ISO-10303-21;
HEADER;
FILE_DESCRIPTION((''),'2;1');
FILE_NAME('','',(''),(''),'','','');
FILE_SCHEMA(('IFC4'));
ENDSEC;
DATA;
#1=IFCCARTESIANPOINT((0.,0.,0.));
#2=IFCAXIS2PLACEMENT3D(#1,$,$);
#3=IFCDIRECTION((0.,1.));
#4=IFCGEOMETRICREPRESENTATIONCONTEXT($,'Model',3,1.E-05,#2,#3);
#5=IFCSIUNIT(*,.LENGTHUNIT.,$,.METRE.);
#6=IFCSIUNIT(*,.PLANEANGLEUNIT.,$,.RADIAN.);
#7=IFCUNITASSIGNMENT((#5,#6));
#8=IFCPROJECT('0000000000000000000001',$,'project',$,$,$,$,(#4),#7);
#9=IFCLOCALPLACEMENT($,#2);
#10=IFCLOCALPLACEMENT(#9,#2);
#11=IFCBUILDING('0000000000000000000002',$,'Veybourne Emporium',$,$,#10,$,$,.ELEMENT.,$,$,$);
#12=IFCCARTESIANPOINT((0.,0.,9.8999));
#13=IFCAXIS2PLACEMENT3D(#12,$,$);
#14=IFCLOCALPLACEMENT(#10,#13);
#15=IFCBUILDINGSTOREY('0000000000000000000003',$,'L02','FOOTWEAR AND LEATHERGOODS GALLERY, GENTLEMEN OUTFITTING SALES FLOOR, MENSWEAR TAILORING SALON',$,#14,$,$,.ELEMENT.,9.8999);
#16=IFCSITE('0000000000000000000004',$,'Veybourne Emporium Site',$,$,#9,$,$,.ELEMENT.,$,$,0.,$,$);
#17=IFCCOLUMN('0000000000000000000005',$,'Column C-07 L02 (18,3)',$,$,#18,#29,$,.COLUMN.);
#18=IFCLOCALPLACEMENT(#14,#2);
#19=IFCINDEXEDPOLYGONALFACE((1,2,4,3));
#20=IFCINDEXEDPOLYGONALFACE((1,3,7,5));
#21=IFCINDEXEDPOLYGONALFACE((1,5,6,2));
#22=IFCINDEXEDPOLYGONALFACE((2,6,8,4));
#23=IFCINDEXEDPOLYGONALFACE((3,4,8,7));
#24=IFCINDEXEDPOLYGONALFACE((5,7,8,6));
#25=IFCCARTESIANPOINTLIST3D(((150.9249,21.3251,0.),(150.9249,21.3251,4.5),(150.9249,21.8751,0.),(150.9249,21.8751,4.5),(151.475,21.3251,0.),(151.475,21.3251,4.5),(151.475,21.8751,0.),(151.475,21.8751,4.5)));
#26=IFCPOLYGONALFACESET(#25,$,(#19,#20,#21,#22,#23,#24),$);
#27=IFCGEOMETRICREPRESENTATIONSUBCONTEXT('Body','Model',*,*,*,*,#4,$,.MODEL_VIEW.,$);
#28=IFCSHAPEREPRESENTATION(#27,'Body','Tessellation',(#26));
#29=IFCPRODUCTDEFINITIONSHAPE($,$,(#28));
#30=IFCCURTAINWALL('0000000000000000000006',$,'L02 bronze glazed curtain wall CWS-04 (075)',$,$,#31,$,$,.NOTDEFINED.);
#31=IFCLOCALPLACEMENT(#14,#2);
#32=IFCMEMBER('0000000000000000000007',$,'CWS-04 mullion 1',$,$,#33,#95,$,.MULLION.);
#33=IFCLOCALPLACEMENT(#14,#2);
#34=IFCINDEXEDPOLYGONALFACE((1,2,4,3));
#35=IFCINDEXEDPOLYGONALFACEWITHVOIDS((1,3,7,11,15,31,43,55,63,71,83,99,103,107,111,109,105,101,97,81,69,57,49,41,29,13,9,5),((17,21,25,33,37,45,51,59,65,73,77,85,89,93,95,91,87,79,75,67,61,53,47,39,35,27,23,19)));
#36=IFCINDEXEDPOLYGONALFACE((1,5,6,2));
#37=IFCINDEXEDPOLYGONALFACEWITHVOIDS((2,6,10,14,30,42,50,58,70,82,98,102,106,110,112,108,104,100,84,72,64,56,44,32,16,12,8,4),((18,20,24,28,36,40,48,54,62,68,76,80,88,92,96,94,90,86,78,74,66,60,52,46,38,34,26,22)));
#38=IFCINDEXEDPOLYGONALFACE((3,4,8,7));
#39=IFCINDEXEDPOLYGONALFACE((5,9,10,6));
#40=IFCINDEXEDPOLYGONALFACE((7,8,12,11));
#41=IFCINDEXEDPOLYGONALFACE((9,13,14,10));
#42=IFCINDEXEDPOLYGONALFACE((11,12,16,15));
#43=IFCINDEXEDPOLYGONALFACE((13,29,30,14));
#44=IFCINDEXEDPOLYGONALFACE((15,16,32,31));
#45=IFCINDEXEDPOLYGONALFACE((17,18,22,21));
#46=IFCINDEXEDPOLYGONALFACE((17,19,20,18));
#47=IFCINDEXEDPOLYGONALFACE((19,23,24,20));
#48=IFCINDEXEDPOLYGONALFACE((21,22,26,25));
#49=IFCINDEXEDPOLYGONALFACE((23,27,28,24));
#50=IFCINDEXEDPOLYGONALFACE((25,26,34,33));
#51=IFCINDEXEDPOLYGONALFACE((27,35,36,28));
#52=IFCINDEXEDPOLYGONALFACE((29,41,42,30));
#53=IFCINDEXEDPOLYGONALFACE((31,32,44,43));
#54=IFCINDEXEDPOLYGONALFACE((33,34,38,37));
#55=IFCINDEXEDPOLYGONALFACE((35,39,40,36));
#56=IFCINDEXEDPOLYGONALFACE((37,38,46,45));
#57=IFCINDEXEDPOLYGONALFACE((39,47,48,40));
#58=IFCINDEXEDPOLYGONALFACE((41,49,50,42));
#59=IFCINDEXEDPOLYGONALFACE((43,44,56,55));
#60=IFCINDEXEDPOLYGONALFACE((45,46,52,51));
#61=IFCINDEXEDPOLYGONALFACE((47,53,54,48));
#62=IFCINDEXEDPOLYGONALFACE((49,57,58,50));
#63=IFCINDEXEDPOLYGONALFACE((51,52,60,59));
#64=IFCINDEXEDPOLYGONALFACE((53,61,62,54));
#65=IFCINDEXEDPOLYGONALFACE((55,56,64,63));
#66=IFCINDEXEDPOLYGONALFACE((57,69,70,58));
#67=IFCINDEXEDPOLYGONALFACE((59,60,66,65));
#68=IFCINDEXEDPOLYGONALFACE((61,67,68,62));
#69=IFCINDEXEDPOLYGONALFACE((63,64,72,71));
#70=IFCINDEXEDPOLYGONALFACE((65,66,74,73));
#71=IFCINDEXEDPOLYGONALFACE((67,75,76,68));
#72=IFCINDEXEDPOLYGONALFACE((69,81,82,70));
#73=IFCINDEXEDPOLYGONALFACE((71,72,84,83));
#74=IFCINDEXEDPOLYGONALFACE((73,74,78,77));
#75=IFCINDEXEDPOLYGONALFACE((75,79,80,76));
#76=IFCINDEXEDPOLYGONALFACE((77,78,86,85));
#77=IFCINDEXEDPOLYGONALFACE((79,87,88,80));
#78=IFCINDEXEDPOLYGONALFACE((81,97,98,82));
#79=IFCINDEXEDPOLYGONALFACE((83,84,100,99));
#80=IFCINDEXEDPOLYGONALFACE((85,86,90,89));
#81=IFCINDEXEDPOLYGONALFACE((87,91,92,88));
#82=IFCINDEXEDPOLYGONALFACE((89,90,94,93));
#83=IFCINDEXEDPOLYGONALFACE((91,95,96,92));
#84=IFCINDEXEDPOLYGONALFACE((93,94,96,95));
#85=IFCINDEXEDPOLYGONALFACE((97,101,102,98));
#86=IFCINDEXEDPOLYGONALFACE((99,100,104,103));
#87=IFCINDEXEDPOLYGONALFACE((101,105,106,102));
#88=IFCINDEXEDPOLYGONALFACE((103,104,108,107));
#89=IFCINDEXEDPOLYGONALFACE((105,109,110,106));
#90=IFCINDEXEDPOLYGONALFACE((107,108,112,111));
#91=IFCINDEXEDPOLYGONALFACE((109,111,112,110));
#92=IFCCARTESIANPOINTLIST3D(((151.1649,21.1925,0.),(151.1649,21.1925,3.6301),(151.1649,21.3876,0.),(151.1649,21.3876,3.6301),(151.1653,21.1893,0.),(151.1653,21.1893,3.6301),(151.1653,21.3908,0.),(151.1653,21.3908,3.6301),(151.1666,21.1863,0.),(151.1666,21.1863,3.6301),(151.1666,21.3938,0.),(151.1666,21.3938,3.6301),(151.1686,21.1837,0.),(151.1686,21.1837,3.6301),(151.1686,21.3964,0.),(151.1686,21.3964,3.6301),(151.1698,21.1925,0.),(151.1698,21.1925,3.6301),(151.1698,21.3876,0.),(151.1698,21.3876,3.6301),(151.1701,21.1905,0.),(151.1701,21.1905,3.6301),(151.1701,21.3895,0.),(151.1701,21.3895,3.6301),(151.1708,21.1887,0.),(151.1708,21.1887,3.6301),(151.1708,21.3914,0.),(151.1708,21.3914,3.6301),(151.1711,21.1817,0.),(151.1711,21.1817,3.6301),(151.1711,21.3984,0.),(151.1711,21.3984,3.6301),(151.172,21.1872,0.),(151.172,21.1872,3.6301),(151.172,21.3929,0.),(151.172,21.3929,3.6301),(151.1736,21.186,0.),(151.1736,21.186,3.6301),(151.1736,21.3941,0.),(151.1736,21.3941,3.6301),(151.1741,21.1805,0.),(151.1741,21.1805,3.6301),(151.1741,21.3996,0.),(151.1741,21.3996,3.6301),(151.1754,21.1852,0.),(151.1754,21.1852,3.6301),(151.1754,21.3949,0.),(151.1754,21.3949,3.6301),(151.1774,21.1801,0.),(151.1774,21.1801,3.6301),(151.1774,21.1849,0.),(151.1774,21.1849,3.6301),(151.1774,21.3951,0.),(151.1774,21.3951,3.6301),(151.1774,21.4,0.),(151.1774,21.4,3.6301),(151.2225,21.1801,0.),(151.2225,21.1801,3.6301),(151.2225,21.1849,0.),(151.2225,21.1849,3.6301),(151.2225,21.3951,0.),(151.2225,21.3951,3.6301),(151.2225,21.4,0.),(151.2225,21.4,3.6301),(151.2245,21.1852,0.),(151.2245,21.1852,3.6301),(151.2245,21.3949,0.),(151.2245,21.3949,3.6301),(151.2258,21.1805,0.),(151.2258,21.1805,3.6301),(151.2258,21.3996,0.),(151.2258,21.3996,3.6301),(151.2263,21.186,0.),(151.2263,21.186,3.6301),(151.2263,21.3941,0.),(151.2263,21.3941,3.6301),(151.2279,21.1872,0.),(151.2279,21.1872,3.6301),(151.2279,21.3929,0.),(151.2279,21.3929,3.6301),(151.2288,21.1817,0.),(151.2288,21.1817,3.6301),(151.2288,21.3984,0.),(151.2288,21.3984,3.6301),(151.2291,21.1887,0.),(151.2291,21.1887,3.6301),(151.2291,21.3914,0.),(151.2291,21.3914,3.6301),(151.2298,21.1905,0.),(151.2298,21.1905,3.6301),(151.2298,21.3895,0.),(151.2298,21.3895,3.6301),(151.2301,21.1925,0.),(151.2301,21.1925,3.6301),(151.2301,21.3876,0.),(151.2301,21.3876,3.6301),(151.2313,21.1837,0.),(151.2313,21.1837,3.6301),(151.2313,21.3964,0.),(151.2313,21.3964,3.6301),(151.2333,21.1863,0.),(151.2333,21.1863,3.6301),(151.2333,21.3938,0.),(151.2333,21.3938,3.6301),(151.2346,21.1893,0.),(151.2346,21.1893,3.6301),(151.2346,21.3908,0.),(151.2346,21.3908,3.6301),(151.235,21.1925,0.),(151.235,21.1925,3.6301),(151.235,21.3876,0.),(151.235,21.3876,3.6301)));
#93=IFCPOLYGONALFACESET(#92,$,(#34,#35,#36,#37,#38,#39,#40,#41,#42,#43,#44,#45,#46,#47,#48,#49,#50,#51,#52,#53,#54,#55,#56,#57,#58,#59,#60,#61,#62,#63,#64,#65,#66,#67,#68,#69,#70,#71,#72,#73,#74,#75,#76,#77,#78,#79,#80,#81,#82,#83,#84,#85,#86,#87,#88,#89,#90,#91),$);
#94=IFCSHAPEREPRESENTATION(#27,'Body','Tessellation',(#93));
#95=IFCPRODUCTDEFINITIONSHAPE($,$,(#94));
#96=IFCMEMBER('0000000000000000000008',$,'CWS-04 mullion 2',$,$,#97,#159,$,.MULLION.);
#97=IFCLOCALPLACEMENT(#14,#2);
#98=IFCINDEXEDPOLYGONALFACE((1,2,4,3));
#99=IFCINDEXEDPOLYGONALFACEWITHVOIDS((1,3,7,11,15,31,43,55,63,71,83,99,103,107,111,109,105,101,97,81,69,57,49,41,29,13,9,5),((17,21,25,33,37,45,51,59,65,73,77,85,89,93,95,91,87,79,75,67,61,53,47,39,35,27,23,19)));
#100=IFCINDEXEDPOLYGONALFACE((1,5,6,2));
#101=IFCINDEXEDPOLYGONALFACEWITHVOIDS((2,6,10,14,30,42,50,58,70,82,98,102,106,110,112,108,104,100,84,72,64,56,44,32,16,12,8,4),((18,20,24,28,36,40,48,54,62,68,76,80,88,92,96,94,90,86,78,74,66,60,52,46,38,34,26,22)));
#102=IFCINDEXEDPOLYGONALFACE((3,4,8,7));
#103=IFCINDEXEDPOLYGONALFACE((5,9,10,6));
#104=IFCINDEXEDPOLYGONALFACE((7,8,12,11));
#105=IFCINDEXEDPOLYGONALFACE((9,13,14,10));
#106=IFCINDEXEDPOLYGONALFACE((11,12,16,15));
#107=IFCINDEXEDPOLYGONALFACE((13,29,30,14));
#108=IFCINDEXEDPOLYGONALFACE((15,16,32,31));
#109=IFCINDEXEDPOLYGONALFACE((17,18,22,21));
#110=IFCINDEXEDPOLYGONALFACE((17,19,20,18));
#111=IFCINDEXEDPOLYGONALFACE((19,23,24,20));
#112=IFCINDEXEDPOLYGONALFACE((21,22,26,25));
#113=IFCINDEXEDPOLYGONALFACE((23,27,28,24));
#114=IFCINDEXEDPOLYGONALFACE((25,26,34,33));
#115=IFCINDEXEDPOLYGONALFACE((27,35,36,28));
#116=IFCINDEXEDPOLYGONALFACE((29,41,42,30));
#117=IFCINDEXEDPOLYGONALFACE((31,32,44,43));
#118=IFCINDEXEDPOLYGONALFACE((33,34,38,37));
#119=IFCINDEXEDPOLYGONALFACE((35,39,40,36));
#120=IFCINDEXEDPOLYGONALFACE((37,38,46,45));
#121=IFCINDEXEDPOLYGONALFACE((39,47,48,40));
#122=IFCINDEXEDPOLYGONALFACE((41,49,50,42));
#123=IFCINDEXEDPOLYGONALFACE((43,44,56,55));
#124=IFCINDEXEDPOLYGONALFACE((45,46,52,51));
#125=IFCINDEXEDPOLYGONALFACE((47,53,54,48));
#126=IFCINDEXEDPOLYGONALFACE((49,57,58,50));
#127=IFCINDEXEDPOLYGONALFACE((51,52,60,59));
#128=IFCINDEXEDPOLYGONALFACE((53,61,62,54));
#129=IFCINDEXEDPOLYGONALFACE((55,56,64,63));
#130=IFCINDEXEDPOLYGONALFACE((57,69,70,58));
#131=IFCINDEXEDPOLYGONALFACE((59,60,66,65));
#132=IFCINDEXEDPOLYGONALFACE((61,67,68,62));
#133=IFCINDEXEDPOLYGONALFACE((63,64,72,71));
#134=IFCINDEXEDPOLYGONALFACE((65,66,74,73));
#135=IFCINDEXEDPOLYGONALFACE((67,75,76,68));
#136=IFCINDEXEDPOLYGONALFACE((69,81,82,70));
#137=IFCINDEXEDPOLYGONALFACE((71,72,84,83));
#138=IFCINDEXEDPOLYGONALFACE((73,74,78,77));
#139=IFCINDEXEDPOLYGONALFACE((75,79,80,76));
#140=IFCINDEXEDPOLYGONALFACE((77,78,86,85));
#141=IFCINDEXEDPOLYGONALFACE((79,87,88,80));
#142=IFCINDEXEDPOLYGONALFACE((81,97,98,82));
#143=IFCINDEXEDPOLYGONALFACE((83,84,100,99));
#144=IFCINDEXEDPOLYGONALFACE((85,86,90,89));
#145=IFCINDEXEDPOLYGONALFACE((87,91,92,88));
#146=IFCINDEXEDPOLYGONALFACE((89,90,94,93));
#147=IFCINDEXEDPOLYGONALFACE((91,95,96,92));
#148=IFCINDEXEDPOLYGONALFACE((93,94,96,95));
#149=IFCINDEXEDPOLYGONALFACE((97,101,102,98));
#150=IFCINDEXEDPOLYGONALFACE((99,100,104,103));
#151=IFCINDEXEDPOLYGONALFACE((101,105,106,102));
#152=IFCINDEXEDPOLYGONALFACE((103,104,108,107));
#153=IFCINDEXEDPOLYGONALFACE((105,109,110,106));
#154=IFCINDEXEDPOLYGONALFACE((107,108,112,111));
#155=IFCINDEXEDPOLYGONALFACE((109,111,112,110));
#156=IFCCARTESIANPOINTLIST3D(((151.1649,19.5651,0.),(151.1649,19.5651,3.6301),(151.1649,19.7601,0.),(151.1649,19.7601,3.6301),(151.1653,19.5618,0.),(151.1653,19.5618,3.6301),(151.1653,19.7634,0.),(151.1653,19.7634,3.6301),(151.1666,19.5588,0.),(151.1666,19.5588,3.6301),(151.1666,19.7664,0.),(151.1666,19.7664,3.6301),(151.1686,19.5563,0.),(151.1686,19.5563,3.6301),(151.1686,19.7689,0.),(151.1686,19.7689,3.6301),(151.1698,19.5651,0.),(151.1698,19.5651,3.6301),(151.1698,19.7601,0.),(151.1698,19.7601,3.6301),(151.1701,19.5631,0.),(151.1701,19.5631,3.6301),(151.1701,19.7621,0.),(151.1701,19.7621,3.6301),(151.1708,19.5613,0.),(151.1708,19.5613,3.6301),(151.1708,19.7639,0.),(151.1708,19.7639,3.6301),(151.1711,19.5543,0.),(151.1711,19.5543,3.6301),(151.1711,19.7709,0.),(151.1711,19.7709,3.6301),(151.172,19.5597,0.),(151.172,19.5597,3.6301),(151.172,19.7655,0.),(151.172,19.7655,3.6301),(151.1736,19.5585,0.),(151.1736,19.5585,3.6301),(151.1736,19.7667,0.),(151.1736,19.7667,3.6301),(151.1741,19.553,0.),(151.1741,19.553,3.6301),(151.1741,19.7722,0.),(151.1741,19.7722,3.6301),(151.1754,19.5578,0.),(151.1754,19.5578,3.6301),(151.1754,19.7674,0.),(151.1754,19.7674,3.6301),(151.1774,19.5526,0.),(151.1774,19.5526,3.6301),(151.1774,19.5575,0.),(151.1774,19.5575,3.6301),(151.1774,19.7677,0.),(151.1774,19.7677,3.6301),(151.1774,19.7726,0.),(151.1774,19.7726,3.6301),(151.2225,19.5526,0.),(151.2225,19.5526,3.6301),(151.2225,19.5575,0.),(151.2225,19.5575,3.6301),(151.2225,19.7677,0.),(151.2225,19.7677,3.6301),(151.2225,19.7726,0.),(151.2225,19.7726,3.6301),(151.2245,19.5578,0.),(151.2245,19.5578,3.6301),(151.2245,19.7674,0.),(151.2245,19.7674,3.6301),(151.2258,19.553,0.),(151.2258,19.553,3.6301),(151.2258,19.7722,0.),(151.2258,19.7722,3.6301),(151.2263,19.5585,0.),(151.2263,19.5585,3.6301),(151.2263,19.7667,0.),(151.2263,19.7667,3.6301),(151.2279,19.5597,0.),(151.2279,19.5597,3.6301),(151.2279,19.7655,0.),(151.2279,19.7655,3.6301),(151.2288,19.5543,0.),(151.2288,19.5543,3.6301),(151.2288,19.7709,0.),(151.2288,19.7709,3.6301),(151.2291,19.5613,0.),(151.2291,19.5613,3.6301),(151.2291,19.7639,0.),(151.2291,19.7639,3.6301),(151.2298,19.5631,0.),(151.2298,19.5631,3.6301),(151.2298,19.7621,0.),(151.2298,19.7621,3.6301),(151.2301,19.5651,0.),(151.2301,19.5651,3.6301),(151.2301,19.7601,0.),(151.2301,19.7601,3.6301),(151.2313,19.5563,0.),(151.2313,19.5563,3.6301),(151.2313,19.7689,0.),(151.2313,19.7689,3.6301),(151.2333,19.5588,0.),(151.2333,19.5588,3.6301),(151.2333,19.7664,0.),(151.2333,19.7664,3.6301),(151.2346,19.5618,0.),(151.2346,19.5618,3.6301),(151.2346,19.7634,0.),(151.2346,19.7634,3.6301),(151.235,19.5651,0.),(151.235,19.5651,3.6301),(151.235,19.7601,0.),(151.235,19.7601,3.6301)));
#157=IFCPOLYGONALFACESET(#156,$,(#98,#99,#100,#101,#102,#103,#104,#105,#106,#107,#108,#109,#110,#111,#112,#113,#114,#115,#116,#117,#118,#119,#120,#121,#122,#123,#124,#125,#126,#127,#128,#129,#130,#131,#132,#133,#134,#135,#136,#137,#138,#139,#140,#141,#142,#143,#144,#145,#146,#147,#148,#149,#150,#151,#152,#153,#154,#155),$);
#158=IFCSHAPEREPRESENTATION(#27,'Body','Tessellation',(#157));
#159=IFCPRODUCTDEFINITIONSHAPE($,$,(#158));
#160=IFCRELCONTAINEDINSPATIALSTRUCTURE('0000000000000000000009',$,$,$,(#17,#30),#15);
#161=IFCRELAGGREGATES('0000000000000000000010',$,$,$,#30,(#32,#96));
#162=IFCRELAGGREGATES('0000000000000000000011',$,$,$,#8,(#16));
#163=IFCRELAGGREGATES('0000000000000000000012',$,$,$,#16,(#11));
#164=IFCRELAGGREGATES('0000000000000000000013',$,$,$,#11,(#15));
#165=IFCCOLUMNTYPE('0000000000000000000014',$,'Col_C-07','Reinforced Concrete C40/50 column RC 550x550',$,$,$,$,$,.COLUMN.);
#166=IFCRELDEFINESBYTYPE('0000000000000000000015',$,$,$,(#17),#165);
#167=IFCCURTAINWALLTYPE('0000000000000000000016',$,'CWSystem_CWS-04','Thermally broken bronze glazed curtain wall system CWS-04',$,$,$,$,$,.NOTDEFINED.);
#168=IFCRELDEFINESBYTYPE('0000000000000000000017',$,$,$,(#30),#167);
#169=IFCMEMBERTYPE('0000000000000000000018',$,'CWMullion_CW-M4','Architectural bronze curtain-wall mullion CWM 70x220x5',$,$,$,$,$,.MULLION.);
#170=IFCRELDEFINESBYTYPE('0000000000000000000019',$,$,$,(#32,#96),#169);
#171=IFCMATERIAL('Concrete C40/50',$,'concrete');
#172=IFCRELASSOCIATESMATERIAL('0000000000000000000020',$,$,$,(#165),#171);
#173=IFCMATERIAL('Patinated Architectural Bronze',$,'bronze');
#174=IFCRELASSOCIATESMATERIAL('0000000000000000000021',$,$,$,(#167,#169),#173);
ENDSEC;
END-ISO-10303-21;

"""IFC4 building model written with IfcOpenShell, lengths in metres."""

from ifc_helpers import new_model, si_unit, direction, frame, origin, origin_2d, place, context, subcontext, project, spatial, rectangle, hollow_rectangle, extrude, material, material_profile, profile_set, type_object, element, aggregate, save


model = new_model("IFC4")

# Units and contexts
model_context = context("Model", 3, precision=1e-05, world=origin(), true_north=direction((0.0, 1.0)))
body_context = subcontext(model_context, "Body", "Model", "MODEL_VIEW")
ifc_project = project(units=[si_unit("LENGTHUNIT", "METRE"), si_unit("PLANEANGLEUNIT", "RADIAN")], contexts=[model_context])

# Site, building, storey
site_placement = place(None, origin())
site = spatial("IfcSite", under=ifc_project, at=site_placement, Name="Veybourne Emporium Site", CompositionType="ELEMENT", RefElevation=0.0)
building_placement = place(site_placement, origin())
building = spatial("IfcBuilding", under=site, at=building_placement, Name="Veybourne Emporium", CompositionType="ELEMENT")
storey_placement = place(building_placement, frame((0.0, 0.0, 9.8999)))
storey = spatial("IfcBuildingStorey", under=building, at=storey_placement, Name="L02", Description="FOOTWEAR AND LEATHERGOODS GALLERY, GENTLEMEN OUTFITTING SALES FLOOR, MENSWEAR TAILORING SALON", CompositionType="ELEMENT", Elevation=9.8999)

# Column
ifc_material_1 = material(Name="Concrete C40/50", Category="concrete")
ifc_material_profile_1 = material_profile(ifc_material_1, rectangle(XDim=0.55, YDim=0.55, at=origin_2d()), Name="RC 550x550")
ifc_profile_set_1 = profile_set([ifc_material_profile_1], Name="Concrete C40/50")
column_type = type_object("IfcColumnType", Name="Col_C-07", Description="Reinforced Concrete C40/50 column RC 550x550", PredefinedType="COLUMN", material=ifc_profile_set_1)
column_placement = place(storey_placement, frame((151.2, 21.6001, 0.0), z_axis=(0.0, 0.0, 1.0), x_axis=(1.0, 0.0, 0.0)))
element("IfcColumn", 1, at=column_placement, inside=storey, type_object=column_type, Name="Column C-07 L02 (18,3)", PredefinedType="COLUMN", context=body_context, shape_type="SweptSolid", body=[
    extrude(rectangle(XDim=0.55, YDim=0.55, at=origin_2d()), origin(), (0.0, 0.0, 1.0), 4.5),
])

# Curtain wall, members
ifc_material_2 = material(Name="Patinated Architectural Bronze", Category="bronze")
curtain_wall_type = type_object("IfcCurtainWallType", Name="CWSystem_CWS-04", Description="Thermally broken bronze glazed curtain wall system CWS-04", PredefinedType="NOTDEFINED", material=ifc_material_2)
curtain_wall_placement = place(storey_placement, origin())
curtain_wall = element("IfcCurtainWall", 2, at=curtain_wall_placement, inside=storey, type_object=curtain_wall_type, Name="L02 bronze glazed curtain wall CWS-04 (075)", PredefinedType="NOTDEFINED")
ifc_material_profile_2 = material_profile(ifc_material_2, hollow_rectangle(XDim=0.0701, YDim=0.22, WallThickness=0.0049, InnerFilletRadius=0.0076, OuterFilletRadius=0.0125, at=origin_2d()), Name="CWM 70x220x5")
ifc_profile_set_2 = profile_set([ifc_material_profile_2], Name="Patinated Architectural Bronze")
member_type_1 = type_object("IfcMemberType", Name="CWMullion_CW-M4", Description="Architectural bronze curtain-wall mullion CWM 70x220x5", PredefinedType="MULLION", material=ifc_profile_set_2)
member_1_placement = place(storey_placement, frame((151.2, 21.29, 0.0), z_axis=(0.0, 0.0, 1.0), x_axis=(1.0, 0.0, 0.0)))
member_1 = element("IfcMember", 3, at=member_1_placement, type_object=member_type_1, Name="CWS-04 mullion 1", PredefinedType="MULLION", context=body_context, shape_type="SweptSolid", body=[
    extrude(hollow_rectangle(XDim=0.0701, YDim=0.22, WallThickness=0.0049, InnerFilletRadius=0.0076, OuterFilletRadius=0.0125, at=origin_2d()), origin(), (0.0, 0.0, 1.0), 3.6301),
])
member_2_placement = place(storey_placement, frame((151.2, 19.6626, 0.0), z_axis=(0.0, 0.0, 1.0), x_axis=(1.0, 0.0, 0.0)))
member_2 = element("IfcMember", 4, at=member_2_placement, type_object=member_type_1, Name="CWS-04 mullion 2", PredefinedType="MULLION", context=body_context, shape_type="SweptSolid", body=[
    extrude(hollow_rectangle(XDim=0.0701, YDim=0.22, WallThickness=0.0049, InnerFilletRadius=0.0076, OuterFilletRadius=0.0125, at=origin_2d()), origin(), (0.0, 0.0, 1.0), 3.6301),
])
aggregate(curtain_wall, [member_1, member_2])

save(model, "model.ifc")
